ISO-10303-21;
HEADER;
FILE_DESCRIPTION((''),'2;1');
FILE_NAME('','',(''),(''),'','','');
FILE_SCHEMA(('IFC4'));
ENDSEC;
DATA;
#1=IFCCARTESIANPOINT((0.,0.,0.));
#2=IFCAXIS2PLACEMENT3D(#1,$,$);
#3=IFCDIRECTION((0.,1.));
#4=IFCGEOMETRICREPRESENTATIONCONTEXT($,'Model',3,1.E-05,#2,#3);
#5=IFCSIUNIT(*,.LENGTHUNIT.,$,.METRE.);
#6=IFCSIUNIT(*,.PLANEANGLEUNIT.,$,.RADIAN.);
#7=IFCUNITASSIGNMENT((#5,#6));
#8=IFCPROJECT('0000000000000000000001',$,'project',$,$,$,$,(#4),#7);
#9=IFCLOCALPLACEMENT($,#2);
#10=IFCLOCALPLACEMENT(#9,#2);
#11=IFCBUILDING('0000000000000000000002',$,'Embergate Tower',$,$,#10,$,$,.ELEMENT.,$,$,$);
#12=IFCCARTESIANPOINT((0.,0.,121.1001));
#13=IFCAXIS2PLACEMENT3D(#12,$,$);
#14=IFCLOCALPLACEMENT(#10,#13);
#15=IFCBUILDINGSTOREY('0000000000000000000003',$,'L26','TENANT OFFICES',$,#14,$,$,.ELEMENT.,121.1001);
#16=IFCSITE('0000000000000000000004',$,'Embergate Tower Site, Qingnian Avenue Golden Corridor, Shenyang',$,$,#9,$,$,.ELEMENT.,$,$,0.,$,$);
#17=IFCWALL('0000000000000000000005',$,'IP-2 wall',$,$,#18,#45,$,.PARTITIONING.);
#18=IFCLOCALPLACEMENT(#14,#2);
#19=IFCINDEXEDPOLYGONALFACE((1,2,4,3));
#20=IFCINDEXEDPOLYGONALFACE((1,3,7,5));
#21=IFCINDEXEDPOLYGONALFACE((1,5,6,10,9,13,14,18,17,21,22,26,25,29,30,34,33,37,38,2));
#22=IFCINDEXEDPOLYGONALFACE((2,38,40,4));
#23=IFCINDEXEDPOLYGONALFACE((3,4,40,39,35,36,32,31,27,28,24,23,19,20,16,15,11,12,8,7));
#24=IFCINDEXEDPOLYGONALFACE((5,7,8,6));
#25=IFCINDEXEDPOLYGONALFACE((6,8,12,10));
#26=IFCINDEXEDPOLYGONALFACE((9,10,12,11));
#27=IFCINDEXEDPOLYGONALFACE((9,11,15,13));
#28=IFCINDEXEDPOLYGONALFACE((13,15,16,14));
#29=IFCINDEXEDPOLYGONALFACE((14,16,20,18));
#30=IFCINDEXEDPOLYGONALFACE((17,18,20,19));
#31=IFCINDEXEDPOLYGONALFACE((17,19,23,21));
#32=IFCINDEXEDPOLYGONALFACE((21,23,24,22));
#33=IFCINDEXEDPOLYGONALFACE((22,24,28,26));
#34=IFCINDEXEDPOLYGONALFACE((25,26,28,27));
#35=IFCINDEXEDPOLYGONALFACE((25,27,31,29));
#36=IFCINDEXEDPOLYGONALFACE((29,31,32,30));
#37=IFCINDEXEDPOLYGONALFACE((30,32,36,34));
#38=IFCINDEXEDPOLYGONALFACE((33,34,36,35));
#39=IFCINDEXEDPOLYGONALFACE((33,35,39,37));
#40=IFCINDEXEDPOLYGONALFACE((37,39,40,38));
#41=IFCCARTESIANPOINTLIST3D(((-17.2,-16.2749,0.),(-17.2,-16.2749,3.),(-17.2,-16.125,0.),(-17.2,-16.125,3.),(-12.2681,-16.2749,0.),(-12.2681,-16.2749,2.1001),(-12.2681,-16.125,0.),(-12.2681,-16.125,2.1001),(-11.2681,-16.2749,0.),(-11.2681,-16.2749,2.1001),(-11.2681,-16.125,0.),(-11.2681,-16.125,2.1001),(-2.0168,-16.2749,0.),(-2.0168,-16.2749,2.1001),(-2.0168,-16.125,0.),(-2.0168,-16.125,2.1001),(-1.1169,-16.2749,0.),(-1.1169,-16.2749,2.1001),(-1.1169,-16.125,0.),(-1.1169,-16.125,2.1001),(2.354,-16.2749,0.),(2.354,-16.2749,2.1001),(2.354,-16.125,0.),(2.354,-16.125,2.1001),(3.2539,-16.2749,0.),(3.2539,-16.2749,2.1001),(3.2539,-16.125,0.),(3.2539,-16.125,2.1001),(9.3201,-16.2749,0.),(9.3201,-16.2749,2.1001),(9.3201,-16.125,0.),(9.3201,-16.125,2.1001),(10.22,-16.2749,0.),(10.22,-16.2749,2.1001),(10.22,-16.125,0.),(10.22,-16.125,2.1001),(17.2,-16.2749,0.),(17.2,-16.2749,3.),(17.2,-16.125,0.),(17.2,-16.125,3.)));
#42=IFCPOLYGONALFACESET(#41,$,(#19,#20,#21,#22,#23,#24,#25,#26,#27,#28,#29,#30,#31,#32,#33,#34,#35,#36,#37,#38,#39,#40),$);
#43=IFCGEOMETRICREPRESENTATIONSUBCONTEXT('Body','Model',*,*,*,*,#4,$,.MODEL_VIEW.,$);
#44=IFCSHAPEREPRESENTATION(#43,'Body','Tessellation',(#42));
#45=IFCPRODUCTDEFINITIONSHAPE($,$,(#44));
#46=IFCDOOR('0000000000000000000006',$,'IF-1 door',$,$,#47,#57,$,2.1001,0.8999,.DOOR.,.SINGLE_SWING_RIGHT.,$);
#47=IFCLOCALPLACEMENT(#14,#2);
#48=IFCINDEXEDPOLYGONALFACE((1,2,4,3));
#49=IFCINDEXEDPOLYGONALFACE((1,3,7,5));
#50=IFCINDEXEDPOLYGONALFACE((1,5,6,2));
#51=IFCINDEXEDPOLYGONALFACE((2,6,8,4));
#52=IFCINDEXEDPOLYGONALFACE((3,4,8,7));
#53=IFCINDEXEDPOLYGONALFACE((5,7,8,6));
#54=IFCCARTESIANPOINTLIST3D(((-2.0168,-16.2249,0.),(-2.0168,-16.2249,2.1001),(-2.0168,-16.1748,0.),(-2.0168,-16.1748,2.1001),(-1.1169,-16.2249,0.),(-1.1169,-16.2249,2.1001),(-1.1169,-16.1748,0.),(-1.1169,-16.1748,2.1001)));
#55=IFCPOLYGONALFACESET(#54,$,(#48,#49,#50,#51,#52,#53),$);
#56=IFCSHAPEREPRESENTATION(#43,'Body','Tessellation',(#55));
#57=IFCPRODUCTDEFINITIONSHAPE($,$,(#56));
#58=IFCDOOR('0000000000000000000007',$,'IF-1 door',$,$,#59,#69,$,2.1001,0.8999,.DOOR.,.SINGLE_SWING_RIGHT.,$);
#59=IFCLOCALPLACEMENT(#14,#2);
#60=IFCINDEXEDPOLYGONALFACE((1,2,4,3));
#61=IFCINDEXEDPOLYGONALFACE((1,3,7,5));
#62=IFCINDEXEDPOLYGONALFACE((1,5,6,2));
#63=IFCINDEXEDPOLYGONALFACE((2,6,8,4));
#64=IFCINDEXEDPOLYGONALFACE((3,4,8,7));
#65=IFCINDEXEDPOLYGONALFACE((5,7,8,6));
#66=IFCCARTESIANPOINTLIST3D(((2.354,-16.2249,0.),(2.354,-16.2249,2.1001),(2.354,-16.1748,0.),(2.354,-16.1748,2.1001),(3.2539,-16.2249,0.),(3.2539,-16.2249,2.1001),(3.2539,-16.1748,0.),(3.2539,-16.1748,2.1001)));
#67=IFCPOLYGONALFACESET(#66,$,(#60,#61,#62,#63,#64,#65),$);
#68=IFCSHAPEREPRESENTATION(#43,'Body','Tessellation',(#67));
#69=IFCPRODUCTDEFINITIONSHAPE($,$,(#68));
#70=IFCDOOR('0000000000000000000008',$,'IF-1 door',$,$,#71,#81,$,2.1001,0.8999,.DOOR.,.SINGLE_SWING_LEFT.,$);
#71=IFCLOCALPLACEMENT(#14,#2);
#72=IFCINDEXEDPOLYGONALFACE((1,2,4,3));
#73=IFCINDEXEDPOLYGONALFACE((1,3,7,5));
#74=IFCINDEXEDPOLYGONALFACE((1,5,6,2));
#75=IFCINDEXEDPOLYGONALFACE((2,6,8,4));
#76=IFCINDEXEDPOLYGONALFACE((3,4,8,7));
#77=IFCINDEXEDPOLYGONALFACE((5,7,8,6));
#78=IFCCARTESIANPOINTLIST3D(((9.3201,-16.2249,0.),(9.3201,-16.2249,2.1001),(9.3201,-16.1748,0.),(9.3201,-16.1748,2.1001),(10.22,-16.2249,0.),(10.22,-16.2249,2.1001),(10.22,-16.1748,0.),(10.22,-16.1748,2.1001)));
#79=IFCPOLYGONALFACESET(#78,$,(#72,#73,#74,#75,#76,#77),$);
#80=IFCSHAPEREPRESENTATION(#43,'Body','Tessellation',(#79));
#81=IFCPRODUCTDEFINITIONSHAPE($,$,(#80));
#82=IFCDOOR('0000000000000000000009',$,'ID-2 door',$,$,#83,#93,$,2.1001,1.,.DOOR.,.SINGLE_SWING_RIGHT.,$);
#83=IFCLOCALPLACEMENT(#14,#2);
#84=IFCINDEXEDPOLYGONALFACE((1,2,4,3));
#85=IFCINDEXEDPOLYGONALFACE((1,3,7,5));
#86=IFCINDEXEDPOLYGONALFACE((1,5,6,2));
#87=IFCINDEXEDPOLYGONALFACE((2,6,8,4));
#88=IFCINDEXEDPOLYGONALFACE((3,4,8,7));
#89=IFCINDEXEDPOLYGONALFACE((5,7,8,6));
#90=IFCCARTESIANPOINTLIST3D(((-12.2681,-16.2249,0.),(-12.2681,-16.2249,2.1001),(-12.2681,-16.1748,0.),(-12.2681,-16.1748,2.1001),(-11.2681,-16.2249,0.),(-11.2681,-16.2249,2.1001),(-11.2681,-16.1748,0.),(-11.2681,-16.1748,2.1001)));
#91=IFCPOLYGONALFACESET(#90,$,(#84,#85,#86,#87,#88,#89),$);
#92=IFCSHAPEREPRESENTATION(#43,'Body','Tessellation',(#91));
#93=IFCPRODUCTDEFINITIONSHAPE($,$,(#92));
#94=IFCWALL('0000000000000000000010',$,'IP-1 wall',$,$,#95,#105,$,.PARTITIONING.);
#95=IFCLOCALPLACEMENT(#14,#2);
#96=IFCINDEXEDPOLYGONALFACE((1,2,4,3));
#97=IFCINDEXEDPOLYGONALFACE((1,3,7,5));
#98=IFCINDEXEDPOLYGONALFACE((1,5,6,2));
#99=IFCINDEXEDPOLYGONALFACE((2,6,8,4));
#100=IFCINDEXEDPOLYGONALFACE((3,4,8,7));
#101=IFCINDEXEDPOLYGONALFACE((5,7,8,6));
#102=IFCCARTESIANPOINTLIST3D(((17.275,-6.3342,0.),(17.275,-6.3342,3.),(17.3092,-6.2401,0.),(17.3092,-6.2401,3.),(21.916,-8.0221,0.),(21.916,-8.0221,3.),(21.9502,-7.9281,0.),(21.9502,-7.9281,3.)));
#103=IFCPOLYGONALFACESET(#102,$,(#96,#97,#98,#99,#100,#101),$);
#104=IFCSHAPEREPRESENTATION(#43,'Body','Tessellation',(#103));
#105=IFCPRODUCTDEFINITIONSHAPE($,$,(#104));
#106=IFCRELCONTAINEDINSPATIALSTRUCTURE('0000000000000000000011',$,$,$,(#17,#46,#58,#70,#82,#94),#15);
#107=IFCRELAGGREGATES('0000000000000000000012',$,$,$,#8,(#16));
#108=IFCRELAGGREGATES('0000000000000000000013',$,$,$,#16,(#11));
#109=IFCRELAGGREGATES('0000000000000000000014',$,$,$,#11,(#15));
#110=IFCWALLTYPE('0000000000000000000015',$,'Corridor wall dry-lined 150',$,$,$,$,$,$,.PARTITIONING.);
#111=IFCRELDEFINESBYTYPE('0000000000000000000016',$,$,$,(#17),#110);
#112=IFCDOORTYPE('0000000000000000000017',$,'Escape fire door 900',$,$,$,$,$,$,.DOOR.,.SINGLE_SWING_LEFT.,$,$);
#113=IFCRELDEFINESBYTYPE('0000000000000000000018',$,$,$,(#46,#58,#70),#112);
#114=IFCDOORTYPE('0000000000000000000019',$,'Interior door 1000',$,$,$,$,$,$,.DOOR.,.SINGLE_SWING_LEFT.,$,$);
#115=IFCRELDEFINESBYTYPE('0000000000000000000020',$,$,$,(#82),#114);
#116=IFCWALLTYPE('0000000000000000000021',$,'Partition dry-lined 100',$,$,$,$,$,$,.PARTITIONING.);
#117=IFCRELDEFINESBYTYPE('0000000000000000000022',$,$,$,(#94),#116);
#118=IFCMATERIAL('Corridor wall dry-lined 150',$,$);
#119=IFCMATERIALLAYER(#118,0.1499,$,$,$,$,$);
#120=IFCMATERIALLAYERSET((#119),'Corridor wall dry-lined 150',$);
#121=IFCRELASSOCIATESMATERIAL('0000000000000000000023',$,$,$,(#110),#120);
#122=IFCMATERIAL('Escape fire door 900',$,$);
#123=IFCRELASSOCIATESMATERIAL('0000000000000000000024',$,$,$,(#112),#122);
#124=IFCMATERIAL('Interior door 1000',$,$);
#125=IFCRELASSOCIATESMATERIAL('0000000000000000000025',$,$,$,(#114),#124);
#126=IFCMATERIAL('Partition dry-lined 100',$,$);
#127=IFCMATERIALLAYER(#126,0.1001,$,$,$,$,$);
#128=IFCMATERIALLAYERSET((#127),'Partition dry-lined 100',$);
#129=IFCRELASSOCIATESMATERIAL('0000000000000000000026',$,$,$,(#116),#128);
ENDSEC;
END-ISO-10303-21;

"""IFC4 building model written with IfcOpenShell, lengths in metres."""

from ifc_helpers import new_model, si_unit, direction, frame, frame_2d, origin, place, context, subcontext, project, spatial, rectangle, extrude, source, transform, mapped, material, layer, layer_set, type_object, element, fill, save


model = new_model("IFC4")

# Units and contexts
model_context = context("Model", 3, precision=1e-05, world=origin(), true_north=direction((0.0, 1.0)))
body_context = subcontext(model_context, "Body", "Model", "MODEL_VIEW")
ifc_project = project(units=[si_unit("LENGTHUNIT", "METRE"), si_unit("PLANEANGLEUNIT", "RADIAN")], contexts=[model_context])

# Site, building, storey
site_placement = place(None, origin())
site = spatial("IfcSite", under=ifc_project, at=site_placement, Name="Embergate Tower Site, Qingnian Avenue Golden Corridor, Shenyang", CompositionType="ELEMENT", RefElevation=0.0)
building_placement = place(site_placement, origin())
building = spatial("IfcBuilding", under=site, at=building_placement, Name="Embergate Tower", CompositionType="ELEMENT")
storey_placement = place(building_placement, frame((0.0, 0.0, 121.1001)))
storey = spatial("IfcBuildingStorey", under=building, at=storey_placement, Name="L26", Description="TENANT OFFICES", CompositionType="ELEMENT", Elevation=121.1001)

# Wall, openings, doors
ifc_material_1 = material(Name="Corridor wall dry-lined 150")
ifc_layer_1 = layer(ifc_material_1, 0.1499)
ifc_layer_set_1 = layer_set([ifc_layer_1], Name="Corridor wall dry-lined 150")
wall_type_1 = type_object("IfcWallType", Name="Corridor wall dry-lined 150", PredefinedType="PARTITIONING", material=ifc_layer_set_1)
shared_shape_1 = source(origin(), body_context, "Body", "SweptSolid", [
    extrude(rectangle(XDim=34.3999, YDim=0.1499, at=frame_2d((17.2, 0.0))), origin(), (0.0, 0.0, 1.0), 3.0),
])
wall_1_placement = place(storey_placement, frame((17.2, -16.2, 0.0), z_axis=(0.0, 0.0, 1.0), x_axis=(-1.0, 0.0, 0.0)))
wall_1 = element("IfcWall", 1, at=wall_1_placement, inside=storey, type_object=wall_type_1, Name="IP-2 wall", PredefinedType="PARTITIONING", context=body_context, shape_type="MappedRepresentation", body=[
    mapped(shared_shape_1, transform((0.0, 0.0, 0.0))),
])
shared_shape_2 = source(origin(), body_context, "Body", "SweptSolid", [
    extrude(rectangle(XDim=1.0, YDim=2.1001, at=frame_2d((0.5, 1.05))), frame((0.0, 0.085, 0.0), z_axis=(0.0, -1.0, 0.0), x_axis=(1.0, 0.0, 0.0)), (0.0, 0.0, 1.0), 0.1699),
])
opening_1_placement = place(wall_1_placement, frame((28.468, 0.0, 0.0)))
opening_1 = element("IfcOpeningElement", 2, at=opening_1_placement, cuts=wall_1, PredefinedType="OPENING", context=body_context, shape_type="MappedRepresentation", body=[
    mapped(shared_shape_2, transform((0.0, 0.0, 0.0))),
])
shared_shape_3 = source(origin(), body_context, "Body", "SweptSolid", [
    extrude(rectangle(XDim=0.8999, YDim=2.1001, at=frame_2d((0.45, 1.05))), frame((0.0, 0.085, 0.0), z_axis=(0.0, -1.0, 0.0), x_axis=(1.0, 0.0, 0.0)), (0.0, 0.0, 1.0), 0.1699),
])
opening_2_placement = place(wall_1_placement, frame((18.3169, 0.0, 0.0)))
opening_2 = element("IfcOpeningElement", 3, at=opening_2_placement, cuts=wall_1, PredefinedType="OPENING", context=body_context, shape_type="MappedRepresentation", body=[
    mapped(shared_shape_3, transform((0.0, 0.0, 0.0))),
])
opening_3_placement = place(wall_1_placement, frame((13.946, 0.0, 0.0)))
opening_3 = element("IfcOpeningElement", 4, at=opening_3_placement, cuts=wall_1, PredefinedType="OPENING", context=body_context, shape_type="MappedRepresentation", body=[
    mapped(shared_shape_3, transform((0.0, 0.0, 0.0))),
])
opening_4_placement = place(wall_1_placement, frame((6.98, 0.0, 0.0)))
opening_4 = element("IfcOpeningElement", 5, at=opening_4_placement, cuts=wall_1, PredefinedType="OPENING", context=body_context, shape_type="MappedRepresentation", body=[
    mapped(shared_shape_3, transform((0.0, 0.0, 0.0))),
])
ifc_material_2 = material(Name="Escape fire door 900")
door_type_1 = type_object("IfcDoorType", Name="Escape fire door 900", OperationType="SINGLE_SWING_LEFT", PredefinedType="DOOR", material=ifc_material_2)
shared_shape_4 = source(origin(), body_context, "Body", "SweptSolid", [
    extrude(rectangle(XDim=0.8999, YDim=2.1001, at=frame_2d((0.45, 1.05))), frame((0.0, 0.0249, 0.0), z_axis=(0.0, -1.0, 0.0), x_axis=(1.0, 0.0, 0.0)), (0.0, 0.0, 1.0), 0.05),
])
door_1_placement = place(opening_2_placement, origin())
door_1 = element("IfcDoor", 6, at=door_1_placement, inside=storey, type_object=door_type_1, Name="IF-1 door", OperationType="SINGLE_SWING_RIGHT", OverallHeight=2.1001, OverallWidth=0.8999, PredefinedType="DOOR", context=body_context, shape_type="MappedRepresentation", body=[
    mapped(shared_shape_4, transform((0.0, 0.0, 0.0))),
])
fill(opening_2, door_1)
door_2_placement = place(opening_3_placement, origin())
door_2 = element("IfcDoor", 7, at=door_2_placement, inside=storey, type_object=door_type_1, Name="IF-1 door", OperationType="SINGLE_SWING_RIGHT", OverallHeight=2.1001, OverallWidth=0.8999, PredefinedType="DOOR", context=body_context, shape_type="MappedRepresentation", body=[
    mapped(shared_shape_4, transform((0.0, 0.0, 0.0))),
])
fill(opening_3, door_2)
door_3_placement = place(opening_4_placement, origin())
door_3 = element("IfcDoor", 8, at=door_3_placement, inside=storey, type_object=door_type_1, Name="IF-1 door", OperationType="SINGLE_SWING_LEFT", OverallHeight=2.1001, OverallWidth=0.8999, PredefinedType="DOOR", context=body_context, shape_type="MappedRepresentation", body=[
    mapped(shared_shape_4, transform((0.0, 0.0, 0.0))),
])
fill(opening_4, door_3)
ifc_material_3 = material(Name="Interior door 1000")
door_type_2 = type_object("IfcDoorType", Name="Interior door 1000", OperationType="SINGLE_SWING_LEFT", PredefinedType="DOOR", material=ifc_material_3)
shared_shape_5 = source(origin(), body_context, "Body", "SweptSolid", [
    extrude(rectangle(XDim=1.0, YDim=2.1001, at=frame_2d((0.5, 1.05))), frame((0.0, 0.0249, 0.0), z_axis=(0.0, -1.0, 0.0), x_axis=(1.0, 0.0, 0.0)), (0.0, 0.0, 1.0), 0.05),
])
door_4_placement = place(opening_1_placement, origin())
door_4 = element("IfcDoor", 9, at=door_4_placement, inside=storey, type_object=door_type_2, Name="ID-2 door", OperationType="SINGLE_SWING_RIGHT", OverallHeight=2.1001, OverallWidth=1.0, PredefinedType="DOOR", context=body_context, shape_type="MappedRepresentation", body=[
    mapped(shared_shape_5, transform((0.0, 0.0, 0.0))),
])
fill(opening_1, door_4)

# Wall
ifc_material_4 = material(Name="Partition dry-lined 100")
ifc_layer_2 = layer(ifc_material_4, 0.1001)
ifc_layer_set_2 = layer_set([ifc_layer_2], Name="Partition dry-lined 100")
wall_type_2 = type_object("IfcWallType", Name="Partition dry-lined 100", PredefinedType="PARTITIONING", material=ifc_layer_set_2)
shared_shape_6 = source(origin(), body_context, "Body", "SweptSolid", [
    extrude(rectangle(XDim=4.9385, YDim=0.1001, at=frame_2d((2.4692, 0.0))), origin(), (0.0, 0.0, 1.0), 3.0),
])
wall_2_placement = place(storey_placement, frame((21.9331, -7.9751, 0.0), z_axis=(0.0, 0.0, 1.0), x_axis=(-0.939773, 0.341799, 0.0)))
element("IfcWall", 10, at=wall_2_placement, inside=storey, type_object=wall_type_2, Name="IP-1 wall", PredefinedType="PARTITIONING", context=body_context, shape_type="MappedRepresentation", body=[
    mapped(shared_shape_6, transform((0.0, 0.0, 0.0))),
])

save(model, "model.ifc")
